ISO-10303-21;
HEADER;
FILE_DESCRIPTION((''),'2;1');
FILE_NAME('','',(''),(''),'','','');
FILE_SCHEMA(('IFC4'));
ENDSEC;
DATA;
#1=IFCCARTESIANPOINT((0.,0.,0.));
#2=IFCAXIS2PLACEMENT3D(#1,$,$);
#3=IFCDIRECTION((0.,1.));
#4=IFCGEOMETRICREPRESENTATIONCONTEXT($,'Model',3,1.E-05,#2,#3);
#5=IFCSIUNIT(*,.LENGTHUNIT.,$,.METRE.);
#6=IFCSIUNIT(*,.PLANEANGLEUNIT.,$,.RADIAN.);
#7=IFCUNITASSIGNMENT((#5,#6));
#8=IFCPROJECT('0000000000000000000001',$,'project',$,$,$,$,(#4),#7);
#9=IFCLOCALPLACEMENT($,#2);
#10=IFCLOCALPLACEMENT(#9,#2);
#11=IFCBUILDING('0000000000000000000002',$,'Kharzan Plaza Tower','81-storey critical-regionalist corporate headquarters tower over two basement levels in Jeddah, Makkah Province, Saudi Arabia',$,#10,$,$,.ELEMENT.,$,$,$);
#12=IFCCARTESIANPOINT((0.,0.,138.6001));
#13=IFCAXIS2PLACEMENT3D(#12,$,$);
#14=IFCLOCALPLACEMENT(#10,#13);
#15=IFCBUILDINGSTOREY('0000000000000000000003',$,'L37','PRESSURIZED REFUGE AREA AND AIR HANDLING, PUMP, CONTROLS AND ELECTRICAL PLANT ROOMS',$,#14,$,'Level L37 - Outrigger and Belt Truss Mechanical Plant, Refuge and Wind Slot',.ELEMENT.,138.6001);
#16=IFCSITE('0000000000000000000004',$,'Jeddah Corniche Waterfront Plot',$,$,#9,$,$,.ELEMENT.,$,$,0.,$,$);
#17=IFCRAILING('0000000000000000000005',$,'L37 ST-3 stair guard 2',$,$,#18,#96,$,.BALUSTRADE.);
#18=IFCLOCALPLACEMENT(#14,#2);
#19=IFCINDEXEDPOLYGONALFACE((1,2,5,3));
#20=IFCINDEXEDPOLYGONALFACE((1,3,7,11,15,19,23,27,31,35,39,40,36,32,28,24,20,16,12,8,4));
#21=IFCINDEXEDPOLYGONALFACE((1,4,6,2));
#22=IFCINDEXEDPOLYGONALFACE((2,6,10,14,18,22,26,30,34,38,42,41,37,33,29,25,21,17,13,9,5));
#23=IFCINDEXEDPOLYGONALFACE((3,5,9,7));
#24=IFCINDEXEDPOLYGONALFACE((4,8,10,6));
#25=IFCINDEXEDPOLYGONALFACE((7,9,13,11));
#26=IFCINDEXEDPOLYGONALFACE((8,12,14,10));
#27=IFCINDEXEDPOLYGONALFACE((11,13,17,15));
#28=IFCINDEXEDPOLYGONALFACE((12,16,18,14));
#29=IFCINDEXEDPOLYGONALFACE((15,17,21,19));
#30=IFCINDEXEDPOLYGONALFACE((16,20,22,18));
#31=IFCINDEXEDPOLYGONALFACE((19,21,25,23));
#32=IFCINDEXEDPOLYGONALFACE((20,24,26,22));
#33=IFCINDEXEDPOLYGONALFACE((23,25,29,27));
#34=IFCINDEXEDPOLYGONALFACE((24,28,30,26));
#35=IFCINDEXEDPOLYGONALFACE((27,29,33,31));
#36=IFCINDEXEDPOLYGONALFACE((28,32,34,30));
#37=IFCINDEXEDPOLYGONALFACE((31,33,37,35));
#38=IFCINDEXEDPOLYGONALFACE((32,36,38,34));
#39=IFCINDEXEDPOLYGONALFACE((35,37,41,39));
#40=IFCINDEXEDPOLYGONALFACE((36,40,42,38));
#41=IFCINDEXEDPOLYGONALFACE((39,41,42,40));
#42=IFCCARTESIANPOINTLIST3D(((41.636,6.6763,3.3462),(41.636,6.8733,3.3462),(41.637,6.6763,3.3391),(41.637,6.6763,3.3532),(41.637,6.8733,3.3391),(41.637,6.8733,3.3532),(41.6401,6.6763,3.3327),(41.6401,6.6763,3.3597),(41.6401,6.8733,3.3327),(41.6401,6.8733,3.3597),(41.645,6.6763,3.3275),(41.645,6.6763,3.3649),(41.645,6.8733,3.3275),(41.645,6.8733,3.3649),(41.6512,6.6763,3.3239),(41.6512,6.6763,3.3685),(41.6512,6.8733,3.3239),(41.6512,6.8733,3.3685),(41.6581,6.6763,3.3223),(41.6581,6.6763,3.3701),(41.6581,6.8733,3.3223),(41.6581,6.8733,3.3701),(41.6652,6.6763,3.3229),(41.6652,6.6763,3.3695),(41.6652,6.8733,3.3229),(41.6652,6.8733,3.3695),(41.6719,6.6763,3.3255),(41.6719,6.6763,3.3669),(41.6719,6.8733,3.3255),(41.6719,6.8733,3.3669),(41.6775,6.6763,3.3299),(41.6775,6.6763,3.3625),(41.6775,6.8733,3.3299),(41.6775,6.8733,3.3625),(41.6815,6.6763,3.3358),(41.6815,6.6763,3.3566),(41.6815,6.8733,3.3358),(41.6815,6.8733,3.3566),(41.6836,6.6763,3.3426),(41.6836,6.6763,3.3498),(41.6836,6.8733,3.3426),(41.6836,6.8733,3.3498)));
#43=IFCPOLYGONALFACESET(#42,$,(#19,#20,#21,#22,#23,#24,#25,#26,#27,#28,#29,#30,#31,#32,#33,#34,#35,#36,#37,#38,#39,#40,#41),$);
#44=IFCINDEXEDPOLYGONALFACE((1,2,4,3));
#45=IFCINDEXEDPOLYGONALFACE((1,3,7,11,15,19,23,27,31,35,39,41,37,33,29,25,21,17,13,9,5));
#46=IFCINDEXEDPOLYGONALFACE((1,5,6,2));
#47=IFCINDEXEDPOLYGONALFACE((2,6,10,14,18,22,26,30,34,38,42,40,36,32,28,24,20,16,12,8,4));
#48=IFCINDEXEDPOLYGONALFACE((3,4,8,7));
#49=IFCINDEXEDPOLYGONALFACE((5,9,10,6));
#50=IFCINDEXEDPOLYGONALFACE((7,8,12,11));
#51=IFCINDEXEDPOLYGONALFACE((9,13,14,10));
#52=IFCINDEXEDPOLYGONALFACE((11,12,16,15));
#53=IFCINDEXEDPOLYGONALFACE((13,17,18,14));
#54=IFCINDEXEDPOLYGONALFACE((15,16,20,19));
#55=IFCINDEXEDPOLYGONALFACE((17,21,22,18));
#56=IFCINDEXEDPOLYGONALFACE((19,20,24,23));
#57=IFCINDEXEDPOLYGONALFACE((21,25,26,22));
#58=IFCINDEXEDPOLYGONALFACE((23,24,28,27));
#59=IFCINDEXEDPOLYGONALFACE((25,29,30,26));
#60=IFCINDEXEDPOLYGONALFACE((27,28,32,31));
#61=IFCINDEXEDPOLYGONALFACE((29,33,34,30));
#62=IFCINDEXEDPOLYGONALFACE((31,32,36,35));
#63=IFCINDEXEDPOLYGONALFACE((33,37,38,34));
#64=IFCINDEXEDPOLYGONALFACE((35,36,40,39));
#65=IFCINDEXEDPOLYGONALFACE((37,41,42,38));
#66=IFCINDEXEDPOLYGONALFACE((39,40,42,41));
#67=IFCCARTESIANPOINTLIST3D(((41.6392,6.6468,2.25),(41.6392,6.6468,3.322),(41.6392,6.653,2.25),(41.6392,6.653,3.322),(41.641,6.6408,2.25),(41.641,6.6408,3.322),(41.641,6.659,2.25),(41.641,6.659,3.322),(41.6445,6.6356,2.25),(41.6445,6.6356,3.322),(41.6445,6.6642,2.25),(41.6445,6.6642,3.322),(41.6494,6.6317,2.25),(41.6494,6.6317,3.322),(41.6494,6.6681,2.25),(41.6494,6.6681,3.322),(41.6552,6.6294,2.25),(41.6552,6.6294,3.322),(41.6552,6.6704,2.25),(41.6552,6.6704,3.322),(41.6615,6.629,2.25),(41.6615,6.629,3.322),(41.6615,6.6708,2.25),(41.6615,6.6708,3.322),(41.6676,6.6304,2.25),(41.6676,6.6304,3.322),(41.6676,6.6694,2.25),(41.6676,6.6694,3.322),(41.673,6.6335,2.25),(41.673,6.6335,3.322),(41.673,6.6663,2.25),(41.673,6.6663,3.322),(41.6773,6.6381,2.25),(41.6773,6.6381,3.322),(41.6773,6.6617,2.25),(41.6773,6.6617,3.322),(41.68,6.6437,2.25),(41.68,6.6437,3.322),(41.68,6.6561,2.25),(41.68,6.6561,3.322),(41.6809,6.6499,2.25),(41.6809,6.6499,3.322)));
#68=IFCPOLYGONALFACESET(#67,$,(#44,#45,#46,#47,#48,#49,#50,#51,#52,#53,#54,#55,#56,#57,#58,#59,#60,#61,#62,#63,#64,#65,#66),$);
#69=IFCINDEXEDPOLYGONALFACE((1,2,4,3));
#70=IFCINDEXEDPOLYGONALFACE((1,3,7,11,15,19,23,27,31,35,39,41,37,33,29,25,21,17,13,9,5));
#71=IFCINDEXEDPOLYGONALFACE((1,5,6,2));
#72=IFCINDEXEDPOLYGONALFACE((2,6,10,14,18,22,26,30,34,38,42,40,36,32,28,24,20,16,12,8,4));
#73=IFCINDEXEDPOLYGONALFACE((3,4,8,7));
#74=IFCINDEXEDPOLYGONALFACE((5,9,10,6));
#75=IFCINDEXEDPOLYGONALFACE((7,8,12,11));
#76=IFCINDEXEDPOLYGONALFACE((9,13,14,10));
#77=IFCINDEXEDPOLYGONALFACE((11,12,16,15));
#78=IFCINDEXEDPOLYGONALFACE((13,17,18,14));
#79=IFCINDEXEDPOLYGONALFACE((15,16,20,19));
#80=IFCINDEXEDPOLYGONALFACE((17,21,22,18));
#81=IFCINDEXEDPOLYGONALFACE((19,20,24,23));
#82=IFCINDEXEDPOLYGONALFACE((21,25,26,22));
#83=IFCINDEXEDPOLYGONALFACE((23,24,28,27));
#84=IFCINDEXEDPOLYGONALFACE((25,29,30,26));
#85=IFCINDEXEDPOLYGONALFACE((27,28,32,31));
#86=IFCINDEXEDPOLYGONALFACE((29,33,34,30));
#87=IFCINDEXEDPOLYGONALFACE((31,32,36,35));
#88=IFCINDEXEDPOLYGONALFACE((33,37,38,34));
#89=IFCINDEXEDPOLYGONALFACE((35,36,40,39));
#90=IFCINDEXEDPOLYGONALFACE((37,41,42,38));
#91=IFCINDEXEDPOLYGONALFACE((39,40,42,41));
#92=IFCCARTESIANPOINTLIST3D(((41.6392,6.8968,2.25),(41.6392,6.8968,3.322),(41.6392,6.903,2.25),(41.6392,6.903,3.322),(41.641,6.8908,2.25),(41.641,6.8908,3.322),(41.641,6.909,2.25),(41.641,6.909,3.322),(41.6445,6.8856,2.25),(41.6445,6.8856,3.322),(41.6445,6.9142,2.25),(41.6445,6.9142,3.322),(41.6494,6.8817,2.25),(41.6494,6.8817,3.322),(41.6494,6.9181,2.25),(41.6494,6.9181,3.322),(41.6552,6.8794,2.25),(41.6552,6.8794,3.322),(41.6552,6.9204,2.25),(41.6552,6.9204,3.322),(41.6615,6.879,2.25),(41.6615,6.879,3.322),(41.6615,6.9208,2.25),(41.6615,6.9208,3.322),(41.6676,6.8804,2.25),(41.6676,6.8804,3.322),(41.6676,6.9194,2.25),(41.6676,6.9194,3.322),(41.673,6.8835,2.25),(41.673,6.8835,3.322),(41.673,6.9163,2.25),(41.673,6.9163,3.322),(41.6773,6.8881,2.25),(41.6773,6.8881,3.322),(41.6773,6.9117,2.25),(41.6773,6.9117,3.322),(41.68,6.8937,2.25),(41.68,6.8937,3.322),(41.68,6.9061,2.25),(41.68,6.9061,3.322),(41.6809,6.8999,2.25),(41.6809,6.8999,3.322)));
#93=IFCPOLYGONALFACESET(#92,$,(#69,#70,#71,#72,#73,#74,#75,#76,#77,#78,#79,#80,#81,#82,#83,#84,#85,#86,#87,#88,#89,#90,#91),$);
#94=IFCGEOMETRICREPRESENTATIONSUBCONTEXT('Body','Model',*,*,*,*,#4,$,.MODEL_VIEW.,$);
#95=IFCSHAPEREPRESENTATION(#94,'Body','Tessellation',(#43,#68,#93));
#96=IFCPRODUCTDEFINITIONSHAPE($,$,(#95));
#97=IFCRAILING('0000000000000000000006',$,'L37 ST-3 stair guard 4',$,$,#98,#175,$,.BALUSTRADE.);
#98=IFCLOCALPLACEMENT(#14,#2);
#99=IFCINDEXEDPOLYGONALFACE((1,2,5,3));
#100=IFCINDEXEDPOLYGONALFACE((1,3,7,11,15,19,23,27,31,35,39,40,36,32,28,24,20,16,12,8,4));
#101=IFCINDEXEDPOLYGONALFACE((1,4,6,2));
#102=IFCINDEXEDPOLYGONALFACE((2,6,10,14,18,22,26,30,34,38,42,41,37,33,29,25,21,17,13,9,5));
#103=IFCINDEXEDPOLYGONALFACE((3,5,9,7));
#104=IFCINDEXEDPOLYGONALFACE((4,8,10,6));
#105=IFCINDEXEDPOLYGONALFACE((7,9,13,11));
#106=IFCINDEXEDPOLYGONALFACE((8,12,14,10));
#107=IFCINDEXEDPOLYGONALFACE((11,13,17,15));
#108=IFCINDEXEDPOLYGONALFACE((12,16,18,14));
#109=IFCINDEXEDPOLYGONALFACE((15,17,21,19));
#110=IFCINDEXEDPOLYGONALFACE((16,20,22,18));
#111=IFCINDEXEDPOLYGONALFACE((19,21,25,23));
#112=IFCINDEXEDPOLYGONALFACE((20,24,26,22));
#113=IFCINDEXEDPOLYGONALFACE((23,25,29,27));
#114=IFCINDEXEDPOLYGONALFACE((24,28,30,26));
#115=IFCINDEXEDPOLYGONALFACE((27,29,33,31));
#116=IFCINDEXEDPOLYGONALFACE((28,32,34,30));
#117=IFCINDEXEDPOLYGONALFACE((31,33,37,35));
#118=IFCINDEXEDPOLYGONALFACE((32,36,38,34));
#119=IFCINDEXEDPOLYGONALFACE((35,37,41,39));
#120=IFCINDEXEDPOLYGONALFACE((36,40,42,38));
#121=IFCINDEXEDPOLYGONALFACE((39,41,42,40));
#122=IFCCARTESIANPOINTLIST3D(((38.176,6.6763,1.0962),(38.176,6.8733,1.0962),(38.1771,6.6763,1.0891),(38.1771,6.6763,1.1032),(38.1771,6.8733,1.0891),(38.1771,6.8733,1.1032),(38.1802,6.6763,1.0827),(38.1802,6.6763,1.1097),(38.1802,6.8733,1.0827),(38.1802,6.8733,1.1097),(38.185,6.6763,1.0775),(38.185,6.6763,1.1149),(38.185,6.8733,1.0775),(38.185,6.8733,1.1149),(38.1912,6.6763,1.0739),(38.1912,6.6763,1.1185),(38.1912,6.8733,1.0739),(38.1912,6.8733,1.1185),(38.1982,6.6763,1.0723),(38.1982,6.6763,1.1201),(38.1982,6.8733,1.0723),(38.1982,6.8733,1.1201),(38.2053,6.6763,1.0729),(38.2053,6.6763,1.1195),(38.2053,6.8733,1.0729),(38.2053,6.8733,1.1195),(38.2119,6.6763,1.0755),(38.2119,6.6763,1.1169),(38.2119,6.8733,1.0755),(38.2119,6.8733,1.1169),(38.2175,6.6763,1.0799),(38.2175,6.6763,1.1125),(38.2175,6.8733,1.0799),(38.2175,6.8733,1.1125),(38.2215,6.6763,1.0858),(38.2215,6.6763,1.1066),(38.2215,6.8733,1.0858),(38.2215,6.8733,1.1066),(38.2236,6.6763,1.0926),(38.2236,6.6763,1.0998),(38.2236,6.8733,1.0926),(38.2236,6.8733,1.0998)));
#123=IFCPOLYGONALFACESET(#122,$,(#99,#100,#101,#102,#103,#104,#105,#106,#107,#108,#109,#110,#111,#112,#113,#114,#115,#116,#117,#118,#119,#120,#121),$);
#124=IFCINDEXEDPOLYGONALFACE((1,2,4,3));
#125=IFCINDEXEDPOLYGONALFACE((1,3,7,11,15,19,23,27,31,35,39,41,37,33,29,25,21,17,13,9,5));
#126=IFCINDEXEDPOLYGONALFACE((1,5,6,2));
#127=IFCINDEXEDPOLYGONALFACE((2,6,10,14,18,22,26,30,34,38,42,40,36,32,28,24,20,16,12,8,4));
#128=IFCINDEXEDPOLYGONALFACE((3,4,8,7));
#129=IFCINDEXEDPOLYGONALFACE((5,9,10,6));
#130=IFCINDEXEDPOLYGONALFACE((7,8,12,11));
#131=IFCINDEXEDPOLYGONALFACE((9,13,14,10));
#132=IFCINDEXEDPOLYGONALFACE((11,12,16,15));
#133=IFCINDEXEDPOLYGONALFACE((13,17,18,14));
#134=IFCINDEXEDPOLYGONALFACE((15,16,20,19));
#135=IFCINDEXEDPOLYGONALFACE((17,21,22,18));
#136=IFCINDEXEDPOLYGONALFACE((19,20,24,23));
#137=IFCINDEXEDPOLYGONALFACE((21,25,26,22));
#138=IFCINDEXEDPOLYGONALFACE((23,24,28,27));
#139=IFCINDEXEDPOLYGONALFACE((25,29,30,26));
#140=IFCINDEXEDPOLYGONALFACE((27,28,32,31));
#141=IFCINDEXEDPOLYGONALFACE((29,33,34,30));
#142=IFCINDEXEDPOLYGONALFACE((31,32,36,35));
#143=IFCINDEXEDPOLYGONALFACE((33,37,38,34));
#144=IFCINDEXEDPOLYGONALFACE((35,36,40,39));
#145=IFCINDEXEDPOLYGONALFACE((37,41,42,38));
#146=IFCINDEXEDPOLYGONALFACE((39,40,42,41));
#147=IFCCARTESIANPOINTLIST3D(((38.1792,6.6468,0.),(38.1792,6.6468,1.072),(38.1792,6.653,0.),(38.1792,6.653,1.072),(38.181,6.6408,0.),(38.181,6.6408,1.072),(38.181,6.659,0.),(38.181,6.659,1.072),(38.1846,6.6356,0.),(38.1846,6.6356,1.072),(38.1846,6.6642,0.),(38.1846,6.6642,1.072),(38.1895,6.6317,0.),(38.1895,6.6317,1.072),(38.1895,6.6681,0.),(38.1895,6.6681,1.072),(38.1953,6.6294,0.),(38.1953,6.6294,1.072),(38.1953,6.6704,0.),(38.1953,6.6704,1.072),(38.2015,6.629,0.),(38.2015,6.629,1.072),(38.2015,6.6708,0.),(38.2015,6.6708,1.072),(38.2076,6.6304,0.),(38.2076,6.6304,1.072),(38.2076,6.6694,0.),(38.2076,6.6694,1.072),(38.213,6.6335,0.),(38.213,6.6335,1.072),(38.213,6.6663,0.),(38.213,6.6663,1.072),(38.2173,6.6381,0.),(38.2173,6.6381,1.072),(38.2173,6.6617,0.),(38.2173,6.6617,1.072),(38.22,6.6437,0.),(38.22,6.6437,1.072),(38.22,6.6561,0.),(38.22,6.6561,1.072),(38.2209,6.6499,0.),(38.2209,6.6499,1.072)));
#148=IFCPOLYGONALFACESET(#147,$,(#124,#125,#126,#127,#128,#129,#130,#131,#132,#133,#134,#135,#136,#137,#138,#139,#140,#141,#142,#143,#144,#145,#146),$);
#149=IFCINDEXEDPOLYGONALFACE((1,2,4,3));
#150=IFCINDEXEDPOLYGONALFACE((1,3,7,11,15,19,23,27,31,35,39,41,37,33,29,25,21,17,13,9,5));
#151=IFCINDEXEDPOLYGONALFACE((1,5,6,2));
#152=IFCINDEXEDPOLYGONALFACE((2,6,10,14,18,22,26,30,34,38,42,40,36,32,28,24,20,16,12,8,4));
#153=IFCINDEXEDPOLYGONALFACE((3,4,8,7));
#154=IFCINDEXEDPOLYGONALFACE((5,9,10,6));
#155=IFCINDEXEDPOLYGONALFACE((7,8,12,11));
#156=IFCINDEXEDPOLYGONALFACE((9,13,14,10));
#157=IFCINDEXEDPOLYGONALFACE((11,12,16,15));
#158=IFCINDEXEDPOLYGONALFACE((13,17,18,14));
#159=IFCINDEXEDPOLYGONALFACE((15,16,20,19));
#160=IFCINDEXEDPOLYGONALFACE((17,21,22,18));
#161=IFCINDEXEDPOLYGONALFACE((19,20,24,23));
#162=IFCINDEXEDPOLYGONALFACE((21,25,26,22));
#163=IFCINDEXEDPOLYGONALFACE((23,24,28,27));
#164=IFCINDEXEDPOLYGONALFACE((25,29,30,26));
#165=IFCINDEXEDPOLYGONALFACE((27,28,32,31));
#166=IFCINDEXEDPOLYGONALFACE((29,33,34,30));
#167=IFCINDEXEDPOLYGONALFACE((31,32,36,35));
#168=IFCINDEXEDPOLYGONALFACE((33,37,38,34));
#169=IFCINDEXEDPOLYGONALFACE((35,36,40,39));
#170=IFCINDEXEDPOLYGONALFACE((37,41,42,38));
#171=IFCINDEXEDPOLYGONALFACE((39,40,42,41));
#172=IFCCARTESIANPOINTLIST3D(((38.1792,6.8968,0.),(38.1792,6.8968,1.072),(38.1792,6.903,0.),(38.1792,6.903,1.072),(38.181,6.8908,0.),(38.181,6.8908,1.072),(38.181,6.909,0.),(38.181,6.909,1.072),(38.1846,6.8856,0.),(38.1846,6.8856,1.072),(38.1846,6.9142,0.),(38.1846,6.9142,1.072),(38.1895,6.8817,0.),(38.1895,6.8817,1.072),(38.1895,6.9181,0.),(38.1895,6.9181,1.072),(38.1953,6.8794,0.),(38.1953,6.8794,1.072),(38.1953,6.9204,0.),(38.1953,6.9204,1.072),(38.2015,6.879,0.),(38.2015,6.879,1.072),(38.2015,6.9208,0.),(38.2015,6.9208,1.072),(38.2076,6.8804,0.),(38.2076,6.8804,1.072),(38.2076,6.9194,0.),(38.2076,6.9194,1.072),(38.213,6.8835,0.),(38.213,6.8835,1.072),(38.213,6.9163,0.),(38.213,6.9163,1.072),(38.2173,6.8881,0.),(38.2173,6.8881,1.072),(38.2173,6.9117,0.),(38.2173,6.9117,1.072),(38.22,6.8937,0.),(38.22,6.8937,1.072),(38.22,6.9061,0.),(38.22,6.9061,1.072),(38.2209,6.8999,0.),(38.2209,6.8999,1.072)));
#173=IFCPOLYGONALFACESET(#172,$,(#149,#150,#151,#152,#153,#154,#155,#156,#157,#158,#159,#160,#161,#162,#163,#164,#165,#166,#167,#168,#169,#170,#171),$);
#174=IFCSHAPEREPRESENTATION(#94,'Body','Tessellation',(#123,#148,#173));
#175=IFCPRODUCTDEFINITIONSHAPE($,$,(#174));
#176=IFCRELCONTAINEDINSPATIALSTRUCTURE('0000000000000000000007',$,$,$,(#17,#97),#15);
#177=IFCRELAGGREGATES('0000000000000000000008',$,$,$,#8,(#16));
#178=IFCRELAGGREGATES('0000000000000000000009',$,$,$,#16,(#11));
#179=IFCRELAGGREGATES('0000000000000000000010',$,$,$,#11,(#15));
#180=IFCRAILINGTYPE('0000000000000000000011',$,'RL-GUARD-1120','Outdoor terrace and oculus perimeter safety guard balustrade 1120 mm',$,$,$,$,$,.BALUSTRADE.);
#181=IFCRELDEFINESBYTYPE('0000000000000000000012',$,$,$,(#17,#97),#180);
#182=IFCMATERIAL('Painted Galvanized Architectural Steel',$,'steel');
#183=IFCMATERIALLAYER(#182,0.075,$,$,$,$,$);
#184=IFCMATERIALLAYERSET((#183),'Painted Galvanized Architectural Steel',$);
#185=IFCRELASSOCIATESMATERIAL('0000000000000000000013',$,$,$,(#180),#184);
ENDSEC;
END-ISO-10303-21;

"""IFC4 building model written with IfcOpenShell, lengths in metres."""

from ifc_helpers import new_model, si_unit, direction, frame, origin, origin_2d, place, context, subcontext, project, spatial, circle, extrude, source, transform, mapped, material, layer, layer_set, type_object, element, save


model = new_model("IFC4")

# Units and contexts
model_context = context("Model", 3, precision=1e-05, world=origin(), true_north=direction((0.0, 1.0)))
body_context = subcontext(model_context, "Body", "Model", "MODEL_VIEW")
ifc_project = project(units=[si_unit("LENGTHUNIT", "METRE"), si_unit("PLANEANGLEUNIT", "RADIAN")], contexts=[model_context])

# Site, building, storey
site_placement = place(None, origin())
site = spatial("IfcSite", under=ifc_project, at=site_placement, Name="Jeddah Corniche Waterfront Plot", CompositionType="ELEMENT", RefElevation=0.0)
building_placement = place(site_placement, origin())
building = spatial("IfcBuilding", under=site, at=building_placement, Name="Kharzan Plaza Tower", Description="81-storey critical-regionalist corporate headquarters tower over two basement levels in Jeddah, Makkah Province, Saudi Arabia", CompositionType="ELEMENT")
storey_placement = place(building_placement, frame((0.0, 0.0, 138.6001)))
storey = spatial("IfcBuildingStorey", under=building, at=storey_placement, Name="L37", Description="PRESSURIZED REFUGE AREA AND AIR HANDLING, PUMP, CONTROLS AND ELECTRICAL PLANT ROOMS", LongName="Level L37 - Outrigger and Belt Truss Mechanical Plant, Refuge and Wind Slot", CompositionType="ELEMENT", Elevation=138.6001)

# Railings
ifc_material_1 = material(Name="Painted Galvanized Architectural Steel", Category="steel")
ifc_layer_1 = layer(ifc_material_1, 0.075)
ifc_layer_set_1 = layer_set([ifc_layer_1], Name="Painted Galvanized Architectural Steel")
railing_type_1 = type_object("IfcRailingType", Name="RL-GUARD-1120", Description="Outdoor terrace and oculus perimeter safety guard balustrade 1120 mm", PredefinedType="BALUSTRADE", material=ifc_layer_set_1)
shared_shape_1 = source(origin(), body_context, "Body", "SweptSolid", [
    extrude(circle(Radius=0.0239, at=origin_2d()), frame((0.0, 0.0264, 1.0962), z_axis=(0.0, 1.0, 0.0), x_axis=(-1.0, 0.0, 0.0)), (0.0, 0.0, 1.0), 0.197),
    extrude(circle(Radius=0.021, at=origin_2d()), origin(), (0.0, 0.0, 1.0), 1.072),
    extrude(circle(Radius=0.021, at=origin_2d()), frame((0.0, 0.25, 0.0)), (0.0, 0.0, 1.0), 1.072),
])
for number, where, name in (
    (1, (41.6599, 6.6499, 2.25), "L37 ST-3 stair guard 2"),
    (2, (38.2, 6.6499, 0.0), "L37 ST-3 stair guard 4"),
):
    element("IfcRailing", number, at=place(storey_placement, frame(where)), inside=storey, type_object=railing_type_1, Name=name, PredefinedType="BALUSTRADE", context=body_context, shape_type="MappedRepresentation", body=[
        mapped(shared_shape_1, transform((0.0, 0.0, 0.0), x_axis=(1.0, 0.0, 0.0), y_axis=(0.0, 1.0, 0.0), z_axis=(0.0, 0.0, 1.0))),
    ])

save(model, "model.ifc")
